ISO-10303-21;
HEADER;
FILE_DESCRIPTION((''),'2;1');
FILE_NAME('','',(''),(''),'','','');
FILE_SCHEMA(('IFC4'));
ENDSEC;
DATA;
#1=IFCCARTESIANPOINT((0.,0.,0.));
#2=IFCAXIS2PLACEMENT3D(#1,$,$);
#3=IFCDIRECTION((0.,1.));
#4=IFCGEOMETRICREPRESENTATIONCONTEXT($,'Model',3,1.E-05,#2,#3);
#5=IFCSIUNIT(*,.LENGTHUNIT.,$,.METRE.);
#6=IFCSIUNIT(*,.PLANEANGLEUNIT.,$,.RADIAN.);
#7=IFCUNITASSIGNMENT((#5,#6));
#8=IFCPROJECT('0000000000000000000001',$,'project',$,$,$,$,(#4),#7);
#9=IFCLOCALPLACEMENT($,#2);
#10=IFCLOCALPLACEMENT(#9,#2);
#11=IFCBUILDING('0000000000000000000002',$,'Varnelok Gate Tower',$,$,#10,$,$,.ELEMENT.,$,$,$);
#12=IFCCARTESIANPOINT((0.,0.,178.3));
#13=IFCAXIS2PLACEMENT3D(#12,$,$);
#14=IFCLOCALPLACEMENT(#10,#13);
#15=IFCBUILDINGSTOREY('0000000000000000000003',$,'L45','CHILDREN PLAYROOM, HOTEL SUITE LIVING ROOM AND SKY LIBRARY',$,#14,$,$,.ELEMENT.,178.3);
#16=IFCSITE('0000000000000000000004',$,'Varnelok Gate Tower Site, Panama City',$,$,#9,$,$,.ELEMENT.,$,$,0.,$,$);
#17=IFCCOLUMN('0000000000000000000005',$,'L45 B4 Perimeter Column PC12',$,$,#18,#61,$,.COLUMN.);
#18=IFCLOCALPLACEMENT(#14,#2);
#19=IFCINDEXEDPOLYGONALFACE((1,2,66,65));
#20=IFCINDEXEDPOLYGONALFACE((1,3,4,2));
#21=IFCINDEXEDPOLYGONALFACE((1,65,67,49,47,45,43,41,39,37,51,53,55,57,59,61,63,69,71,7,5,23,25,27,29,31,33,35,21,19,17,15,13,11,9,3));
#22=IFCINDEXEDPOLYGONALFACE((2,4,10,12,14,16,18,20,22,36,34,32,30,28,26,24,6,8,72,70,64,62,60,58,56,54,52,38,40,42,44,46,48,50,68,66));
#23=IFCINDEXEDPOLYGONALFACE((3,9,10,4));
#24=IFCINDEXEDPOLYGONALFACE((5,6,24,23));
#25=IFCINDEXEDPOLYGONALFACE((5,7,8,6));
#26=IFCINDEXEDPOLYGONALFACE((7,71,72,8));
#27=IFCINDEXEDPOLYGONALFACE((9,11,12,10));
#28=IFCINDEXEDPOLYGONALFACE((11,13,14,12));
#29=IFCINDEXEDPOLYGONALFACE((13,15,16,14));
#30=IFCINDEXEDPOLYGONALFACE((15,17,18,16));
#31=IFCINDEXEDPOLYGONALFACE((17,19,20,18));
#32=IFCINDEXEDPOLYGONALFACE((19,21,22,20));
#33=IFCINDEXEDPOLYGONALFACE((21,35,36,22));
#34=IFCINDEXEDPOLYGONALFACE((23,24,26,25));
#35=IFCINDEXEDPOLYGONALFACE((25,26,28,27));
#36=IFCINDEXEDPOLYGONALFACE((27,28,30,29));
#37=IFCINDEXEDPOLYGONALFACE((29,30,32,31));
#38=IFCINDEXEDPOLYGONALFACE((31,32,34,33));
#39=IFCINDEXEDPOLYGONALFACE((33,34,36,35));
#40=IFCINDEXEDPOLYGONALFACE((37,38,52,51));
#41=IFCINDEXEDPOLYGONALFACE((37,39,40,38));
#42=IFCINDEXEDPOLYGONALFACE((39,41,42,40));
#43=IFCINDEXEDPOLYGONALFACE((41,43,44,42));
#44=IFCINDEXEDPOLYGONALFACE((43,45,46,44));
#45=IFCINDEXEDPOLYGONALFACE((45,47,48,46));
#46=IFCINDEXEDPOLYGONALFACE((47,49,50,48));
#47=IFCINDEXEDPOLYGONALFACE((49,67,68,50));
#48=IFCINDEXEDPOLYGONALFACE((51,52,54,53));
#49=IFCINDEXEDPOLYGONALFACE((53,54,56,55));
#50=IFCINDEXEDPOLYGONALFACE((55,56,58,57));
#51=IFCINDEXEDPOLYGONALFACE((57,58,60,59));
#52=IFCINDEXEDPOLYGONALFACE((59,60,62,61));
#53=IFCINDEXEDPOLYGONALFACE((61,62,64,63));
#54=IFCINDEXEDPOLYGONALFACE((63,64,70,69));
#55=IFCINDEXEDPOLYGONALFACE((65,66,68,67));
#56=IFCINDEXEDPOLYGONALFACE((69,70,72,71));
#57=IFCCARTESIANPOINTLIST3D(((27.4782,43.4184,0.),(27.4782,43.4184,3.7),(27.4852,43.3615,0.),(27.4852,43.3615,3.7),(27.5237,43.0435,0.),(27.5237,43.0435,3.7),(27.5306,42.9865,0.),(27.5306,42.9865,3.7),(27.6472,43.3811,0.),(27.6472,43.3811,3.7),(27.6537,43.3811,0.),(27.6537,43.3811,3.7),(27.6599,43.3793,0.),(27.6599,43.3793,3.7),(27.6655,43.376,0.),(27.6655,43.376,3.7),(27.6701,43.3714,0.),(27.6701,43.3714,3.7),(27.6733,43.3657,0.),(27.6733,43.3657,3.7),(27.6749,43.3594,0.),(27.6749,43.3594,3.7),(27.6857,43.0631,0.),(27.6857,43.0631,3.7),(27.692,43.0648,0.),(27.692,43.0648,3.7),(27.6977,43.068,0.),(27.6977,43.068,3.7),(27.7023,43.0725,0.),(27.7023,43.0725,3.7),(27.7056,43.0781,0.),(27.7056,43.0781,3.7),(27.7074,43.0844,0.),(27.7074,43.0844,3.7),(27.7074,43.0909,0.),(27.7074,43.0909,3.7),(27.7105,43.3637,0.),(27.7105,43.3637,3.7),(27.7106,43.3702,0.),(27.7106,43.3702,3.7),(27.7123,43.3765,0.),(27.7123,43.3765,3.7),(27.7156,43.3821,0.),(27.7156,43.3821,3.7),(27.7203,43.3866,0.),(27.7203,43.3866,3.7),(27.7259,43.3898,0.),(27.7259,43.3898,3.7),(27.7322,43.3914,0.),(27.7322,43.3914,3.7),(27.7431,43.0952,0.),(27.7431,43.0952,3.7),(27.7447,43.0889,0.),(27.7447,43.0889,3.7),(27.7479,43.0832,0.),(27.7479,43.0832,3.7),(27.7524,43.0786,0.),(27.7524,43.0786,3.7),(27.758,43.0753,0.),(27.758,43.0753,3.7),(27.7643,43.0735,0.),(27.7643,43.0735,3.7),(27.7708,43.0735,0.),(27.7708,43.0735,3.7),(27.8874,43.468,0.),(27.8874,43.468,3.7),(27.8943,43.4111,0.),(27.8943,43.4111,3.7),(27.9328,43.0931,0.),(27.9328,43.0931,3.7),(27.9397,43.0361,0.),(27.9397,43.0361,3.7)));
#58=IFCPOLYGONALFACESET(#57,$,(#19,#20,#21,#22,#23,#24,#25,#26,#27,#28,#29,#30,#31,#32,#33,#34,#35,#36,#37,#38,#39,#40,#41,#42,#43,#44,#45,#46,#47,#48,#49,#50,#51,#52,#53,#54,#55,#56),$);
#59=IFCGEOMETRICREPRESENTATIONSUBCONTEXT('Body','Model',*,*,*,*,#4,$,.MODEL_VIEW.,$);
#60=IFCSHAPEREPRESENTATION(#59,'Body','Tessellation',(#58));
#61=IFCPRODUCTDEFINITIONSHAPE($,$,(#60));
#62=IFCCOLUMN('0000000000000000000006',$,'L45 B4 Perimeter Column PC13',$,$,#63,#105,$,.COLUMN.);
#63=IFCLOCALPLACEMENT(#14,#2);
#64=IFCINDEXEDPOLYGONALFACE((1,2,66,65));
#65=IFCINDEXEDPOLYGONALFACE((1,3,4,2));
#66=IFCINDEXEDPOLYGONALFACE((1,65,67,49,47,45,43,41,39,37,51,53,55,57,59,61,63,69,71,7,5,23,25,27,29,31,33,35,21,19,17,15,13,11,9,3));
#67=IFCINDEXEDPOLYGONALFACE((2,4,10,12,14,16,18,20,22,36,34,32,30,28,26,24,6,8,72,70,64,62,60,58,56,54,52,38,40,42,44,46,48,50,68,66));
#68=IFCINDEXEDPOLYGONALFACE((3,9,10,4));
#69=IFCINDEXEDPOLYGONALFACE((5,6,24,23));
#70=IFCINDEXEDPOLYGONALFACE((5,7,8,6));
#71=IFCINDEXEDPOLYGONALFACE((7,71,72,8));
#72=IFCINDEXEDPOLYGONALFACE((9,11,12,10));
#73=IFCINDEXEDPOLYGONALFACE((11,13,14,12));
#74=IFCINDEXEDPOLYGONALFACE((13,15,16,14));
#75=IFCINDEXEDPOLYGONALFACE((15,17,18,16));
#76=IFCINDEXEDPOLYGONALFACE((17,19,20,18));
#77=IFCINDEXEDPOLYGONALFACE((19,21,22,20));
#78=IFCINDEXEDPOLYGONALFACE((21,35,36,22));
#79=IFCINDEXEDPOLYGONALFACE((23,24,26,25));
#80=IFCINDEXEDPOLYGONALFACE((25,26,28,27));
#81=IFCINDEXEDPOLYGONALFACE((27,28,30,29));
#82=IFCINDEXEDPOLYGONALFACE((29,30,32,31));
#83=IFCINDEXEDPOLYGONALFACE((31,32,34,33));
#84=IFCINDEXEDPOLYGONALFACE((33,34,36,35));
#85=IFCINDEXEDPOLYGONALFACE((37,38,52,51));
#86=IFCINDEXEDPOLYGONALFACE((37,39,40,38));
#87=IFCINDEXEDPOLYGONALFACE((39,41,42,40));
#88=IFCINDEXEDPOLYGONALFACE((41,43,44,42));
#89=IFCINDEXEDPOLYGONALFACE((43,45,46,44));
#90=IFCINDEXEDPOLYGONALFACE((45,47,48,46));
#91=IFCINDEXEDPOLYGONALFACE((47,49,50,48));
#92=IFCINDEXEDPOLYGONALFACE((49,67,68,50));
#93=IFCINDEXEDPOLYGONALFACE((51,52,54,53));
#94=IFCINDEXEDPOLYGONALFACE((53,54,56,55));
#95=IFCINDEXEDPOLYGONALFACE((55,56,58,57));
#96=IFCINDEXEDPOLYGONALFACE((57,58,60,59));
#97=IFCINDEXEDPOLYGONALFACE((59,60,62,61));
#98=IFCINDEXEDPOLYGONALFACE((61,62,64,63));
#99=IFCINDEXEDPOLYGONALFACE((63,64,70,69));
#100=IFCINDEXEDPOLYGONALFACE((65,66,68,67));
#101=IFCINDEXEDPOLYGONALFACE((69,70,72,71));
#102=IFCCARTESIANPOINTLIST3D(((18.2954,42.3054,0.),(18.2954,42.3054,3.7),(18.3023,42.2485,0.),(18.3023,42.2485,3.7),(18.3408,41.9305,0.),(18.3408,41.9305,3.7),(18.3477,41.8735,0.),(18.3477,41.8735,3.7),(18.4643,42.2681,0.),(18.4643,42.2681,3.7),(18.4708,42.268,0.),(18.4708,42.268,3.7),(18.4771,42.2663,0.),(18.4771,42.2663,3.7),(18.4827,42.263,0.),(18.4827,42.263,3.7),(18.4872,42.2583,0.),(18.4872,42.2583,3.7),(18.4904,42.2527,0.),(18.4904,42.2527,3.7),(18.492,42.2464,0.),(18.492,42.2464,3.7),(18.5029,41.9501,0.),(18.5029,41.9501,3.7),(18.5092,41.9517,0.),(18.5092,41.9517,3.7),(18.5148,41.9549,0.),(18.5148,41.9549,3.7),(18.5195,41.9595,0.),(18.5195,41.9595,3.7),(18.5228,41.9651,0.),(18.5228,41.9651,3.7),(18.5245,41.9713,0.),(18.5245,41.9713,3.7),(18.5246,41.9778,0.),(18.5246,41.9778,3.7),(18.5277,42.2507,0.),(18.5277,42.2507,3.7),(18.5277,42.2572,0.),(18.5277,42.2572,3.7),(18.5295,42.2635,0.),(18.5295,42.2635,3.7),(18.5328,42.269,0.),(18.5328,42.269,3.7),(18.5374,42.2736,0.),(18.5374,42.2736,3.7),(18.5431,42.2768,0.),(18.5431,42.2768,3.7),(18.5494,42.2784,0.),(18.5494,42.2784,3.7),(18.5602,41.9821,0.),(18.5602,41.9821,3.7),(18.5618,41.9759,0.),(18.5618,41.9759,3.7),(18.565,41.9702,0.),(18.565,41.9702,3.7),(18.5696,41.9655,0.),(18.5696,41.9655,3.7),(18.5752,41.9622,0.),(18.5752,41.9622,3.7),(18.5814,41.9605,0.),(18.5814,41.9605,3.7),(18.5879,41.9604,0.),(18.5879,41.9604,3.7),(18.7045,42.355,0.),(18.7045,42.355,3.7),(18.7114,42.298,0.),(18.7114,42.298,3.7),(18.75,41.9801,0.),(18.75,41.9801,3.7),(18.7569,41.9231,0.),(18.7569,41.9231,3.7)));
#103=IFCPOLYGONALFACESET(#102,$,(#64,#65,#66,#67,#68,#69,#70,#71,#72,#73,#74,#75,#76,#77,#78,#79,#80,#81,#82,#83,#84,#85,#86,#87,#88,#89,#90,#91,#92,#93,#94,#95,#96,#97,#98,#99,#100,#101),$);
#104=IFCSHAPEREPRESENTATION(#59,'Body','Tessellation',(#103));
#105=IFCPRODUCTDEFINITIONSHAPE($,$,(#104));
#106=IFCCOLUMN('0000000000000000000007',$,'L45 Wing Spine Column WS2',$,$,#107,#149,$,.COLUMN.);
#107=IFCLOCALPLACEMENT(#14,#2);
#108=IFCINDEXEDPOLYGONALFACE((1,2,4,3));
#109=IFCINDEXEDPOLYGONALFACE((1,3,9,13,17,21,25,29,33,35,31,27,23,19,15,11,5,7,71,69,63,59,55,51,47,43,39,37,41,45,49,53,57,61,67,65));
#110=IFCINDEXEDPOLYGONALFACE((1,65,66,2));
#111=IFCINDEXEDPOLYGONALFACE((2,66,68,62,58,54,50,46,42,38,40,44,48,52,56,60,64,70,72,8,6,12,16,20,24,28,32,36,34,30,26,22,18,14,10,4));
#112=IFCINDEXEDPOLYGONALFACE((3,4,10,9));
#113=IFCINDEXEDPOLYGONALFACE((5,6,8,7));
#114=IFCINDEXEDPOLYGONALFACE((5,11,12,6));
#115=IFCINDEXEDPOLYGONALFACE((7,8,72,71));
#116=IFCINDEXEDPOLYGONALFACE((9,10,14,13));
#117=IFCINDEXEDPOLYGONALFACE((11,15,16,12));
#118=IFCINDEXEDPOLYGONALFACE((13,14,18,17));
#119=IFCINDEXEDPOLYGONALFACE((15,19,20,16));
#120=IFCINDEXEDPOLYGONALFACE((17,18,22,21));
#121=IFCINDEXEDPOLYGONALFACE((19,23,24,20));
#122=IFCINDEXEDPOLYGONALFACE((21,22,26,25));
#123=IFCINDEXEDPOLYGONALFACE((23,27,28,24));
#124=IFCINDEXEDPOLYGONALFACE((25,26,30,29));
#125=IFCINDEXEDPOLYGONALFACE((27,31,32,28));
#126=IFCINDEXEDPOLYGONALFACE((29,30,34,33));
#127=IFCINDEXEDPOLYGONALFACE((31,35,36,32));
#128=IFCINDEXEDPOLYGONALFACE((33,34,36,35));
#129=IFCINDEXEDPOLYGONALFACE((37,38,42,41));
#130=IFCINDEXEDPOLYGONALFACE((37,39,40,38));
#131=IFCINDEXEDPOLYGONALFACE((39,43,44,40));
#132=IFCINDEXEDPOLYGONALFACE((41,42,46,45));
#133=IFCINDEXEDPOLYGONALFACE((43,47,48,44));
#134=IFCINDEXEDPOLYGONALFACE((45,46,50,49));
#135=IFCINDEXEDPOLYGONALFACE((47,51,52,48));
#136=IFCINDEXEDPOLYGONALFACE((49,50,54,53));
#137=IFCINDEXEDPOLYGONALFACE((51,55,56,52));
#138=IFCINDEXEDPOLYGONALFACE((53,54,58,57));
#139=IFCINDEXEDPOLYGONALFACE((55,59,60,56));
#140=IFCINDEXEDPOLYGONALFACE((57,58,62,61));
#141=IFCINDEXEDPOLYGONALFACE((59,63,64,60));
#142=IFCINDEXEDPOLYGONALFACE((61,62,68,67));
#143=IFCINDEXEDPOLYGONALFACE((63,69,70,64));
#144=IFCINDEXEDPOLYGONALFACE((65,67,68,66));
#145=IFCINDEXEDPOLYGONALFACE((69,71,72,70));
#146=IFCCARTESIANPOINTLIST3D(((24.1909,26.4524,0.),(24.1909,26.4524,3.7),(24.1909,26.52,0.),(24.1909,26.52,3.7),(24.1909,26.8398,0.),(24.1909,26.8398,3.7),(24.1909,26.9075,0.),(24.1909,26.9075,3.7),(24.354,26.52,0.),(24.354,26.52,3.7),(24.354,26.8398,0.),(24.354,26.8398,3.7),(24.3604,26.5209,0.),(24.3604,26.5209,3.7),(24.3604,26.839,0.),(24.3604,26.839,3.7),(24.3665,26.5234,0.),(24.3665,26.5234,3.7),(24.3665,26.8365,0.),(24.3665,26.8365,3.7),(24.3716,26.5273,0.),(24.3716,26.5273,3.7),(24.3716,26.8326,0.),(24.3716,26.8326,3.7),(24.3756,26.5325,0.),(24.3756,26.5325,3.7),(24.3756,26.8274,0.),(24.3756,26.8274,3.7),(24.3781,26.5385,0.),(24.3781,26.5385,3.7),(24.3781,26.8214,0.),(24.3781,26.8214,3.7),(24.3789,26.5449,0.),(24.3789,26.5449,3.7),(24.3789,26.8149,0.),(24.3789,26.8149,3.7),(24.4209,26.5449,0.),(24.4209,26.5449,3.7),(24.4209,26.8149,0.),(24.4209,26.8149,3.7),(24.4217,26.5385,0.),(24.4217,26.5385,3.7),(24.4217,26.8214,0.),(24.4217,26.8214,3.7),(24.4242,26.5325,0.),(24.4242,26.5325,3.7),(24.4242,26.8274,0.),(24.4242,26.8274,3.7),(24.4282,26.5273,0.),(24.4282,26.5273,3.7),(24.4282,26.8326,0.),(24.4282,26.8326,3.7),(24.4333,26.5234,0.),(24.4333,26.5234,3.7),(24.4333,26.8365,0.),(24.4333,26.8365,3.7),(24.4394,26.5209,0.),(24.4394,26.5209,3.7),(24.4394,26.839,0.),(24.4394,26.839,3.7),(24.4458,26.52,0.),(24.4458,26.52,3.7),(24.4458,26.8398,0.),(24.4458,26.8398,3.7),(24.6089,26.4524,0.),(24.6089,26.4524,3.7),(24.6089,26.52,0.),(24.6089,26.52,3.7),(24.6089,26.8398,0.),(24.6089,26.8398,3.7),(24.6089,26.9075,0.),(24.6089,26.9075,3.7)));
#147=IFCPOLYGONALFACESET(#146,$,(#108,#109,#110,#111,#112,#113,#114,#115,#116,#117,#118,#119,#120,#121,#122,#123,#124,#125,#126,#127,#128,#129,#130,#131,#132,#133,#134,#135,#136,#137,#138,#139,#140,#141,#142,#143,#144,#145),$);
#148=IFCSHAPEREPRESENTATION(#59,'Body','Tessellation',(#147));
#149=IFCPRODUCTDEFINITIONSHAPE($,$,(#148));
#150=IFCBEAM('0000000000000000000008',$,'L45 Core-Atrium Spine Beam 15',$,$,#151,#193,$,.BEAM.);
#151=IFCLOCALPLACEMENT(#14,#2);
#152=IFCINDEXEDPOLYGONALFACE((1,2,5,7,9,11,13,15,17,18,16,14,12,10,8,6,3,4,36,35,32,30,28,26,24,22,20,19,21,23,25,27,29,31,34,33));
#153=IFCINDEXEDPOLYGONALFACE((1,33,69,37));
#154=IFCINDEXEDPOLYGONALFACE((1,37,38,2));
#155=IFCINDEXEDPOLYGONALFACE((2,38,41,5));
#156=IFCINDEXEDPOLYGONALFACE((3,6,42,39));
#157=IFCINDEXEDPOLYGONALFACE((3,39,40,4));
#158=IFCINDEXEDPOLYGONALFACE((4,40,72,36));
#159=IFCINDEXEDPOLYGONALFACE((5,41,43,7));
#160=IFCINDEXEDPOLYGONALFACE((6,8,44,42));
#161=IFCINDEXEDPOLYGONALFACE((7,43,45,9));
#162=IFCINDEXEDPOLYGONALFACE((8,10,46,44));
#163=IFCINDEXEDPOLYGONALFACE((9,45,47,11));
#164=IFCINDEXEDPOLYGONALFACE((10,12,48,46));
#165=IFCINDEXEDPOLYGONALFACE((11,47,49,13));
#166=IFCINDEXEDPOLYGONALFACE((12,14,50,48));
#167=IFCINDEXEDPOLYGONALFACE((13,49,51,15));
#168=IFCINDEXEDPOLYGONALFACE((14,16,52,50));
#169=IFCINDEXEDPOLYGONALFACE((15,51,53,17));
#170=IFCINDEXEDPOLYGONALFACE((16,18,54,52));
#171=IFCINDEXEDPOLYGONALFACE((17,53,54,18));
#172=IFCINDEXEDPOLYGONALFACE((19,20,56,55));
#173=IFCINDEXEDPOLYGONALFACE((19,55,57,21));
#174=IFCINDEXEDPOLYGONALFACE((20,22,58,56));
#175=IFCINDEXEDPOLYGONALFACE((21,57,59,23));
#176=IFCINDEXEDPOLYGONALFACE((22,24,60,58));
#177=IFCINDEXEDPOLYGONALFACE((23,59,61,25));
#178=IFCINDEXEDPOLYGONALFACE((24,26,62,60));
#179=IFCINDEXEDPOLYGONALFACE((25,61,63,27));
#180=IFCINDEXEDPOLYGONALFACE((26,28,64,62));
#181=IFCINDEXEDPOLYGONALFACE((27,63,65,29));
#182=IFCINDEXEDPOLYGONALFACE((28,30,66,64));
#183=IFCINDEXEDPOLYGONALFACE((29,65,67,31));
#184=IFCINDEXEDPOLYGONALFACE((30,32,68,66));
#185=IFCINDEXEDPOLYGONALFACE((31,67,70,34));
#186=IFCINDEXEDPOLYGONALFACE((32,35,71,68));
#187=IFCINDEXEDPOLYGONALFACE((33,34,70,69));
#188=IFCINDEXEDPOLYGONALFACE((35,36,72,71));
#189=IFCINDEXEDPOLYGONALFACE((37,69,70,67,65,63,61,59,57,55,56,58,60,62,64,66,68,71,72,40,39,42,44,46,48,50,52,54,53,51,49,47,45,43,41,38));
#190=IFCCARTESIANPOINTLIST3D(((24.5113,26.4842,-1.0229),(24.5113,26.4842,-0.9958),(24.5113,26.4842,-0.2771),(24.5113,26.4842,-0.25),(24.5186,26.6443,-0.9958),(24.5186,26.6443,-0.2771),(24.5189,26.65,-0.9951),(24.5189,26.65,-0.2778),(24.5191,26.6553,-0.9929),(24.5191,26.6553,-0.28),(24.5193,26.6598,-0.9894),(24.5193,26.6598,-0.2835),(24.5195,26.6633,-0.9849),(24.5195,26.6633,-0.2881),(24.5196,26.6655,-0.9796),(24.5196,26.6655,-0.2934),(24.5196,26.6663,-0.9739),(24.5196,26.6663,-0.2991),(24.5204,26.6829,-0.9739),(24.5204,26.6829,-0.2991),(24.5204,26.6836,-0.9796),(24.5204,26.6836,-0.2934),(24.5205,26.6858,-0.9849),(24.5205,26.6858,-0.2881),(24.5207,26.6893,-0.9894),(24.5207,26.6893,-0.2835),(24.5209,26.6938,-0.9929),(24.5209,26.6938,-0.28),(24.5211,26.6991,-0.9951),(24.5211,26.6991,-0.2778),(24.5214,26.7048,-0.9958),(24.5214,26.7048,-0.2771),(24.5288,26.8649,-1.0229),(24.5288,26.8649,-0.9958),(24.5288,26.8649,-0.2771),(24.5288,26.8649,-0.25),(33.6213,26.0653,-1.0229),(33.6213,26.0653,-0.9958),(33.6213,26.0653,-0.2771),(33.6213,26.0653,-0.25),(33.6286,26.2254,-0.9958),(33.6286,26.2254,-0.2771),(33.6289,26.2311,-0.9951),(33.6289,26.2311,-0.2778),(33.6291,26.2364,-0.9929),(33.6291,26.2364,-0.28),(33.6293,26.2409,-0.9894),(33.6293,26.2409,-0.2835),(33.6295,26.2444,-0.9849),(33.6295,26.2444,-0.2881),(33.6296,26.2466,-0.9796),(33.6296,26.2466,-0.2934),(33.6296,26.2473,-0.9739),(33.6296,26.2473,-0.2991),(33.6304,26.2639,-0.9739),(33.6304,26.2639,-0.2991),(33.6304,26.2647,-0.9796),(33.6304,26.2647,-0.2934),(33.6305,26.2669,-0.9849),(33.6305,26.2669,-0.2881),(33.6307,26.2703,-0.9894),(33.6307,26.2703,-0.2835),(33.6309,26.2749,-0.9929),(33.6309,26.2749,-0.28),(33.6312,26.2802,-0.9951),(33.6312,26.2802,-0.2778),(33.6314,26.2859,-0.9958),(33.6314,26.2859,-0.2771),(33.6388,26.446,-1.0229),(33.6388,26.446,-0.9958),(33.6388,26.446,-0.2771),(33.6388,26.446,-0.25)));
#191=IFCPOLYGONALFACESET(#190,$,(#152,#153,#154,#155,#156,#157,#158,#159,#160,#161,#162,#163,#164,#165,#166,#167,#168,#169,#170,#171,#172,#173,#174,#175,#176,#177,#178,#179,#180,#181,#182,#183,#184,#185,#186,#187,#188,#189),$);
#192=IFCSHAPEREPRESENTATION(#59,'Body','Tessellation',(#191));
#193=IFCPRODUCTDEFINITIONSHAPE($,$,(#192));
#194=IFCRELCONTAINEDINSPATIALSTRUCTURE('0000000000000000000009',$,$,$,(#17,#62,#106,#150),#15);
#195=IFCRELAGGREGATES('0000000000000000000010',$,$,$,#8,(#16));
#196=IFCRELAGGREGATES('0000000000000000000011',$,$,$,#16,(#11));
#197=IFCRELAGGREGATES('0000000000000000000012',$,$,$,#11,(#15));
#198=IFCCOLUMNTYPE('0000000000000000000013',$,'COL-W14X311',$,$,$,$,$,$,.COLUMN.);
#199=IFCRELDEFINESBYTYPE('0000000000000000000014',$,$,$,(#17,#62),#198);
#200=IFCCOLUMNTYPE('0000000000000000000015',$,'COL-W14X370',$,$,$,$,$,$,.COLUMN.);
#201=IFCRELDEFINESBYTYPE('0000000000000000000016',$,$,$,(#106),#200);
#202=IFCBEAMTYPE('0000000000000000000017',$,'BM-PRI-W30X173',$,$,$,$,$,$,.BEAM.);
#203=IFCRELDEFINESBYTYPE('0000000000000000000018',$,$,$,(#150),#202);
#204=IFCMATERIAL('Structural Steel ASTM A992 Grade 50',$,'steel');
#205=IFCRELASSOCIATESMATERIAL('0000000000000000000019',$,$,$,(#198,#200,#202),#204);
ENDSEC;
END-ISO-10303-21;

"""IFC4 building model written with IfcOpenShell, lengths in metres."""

from ifc_helpers import new_model, si_unit, direction, frame, origin, origin_2d, place, context, subcontext, project, spatial, i_section, extrude, material, material_profile, profile_set, type_object, element, save


model = new_model("IFC4")

# Units and contexts
model_context = context("Model", 3, precision=1e-05, world=origin(), true_north=direction((0.0, 1.0)))
body_context = subcontext(model_context, "Body", "Model", "MODEL_VIEW")
ifc_project = project(units=[si_unit("LENGTHUNIT", "METRE"), si_unit("PLANEANGLEUNIT", "RADIAN")], contexts=[model_context])

# Site, building, storey
site_placement = place(None, origin())
site = spatial("IfcSite", under=ifc_project, at=site_placement, Name="Varnelok Gate Tower Site, Panama City", CompositionType="ELEMENT", RefElevation=0.0)
building_placement = place(site_placement, origin())
building = spatial("IfcBuilding", under=site, at=building_placement, Name="Varnelok Gate Tower", CompositionType="ELEMENT")
storey_placement = place(building_placement, frame((0.0, 0.0, 178.3)))
storey = spatial("IfcBuildingStorey", under=building, at=storey_placement, Name="L45", Description="CHILDREN PLAYROOM, HOTEL SUITE LIVING ROOM AND SKY LIBRARY", CompositionType="ELEMENT", Elevation=178.3)

# Columns
ifc_material_1 = material(Name="Structural Steel ASTM A992 Grade 50", Category="steel")
ifc_material_profile_1 = material_profile(ifc_material_1, i_section(OverallWidth=0.4121, OverallDepth=0.4351, WebThickness=0.0359, FlangeThickness=0.0574, FilletRadius=0.0249, at=origin_2d()), Name="W14X311")
ifc_profile_set_1 = profile_set([ifc_material_profile_1], Name="Structural Steel ASTM A992 Grade 50")
column_type_1 = type_object("IfcColumnType", Name="COL-W14X311", PredefinedType="COLUMN", material=ifc_profile_set_1)
for number, where, z_axis, x_axis, name in (
    (1, (27.709, 43.2273, 0.0), (0.0, 0.0, 1.0), (0.992732, 0.120345, 0.0), "L45 B4 Perimeter Column PC12"),
    (2, (18.5261, 42.1143, 0.0), (0.0, 0.0, 1.0), (0.992732, 0.120345, 0.0), "L45 B4 Perimeter Column PC13"),
):
    element("IfcColumn", number, at=place(storey_placement, frame(where, z_axis=z_axis, x_axis=x_axis)), inside=storey, type_object=column_type_1, Name=name, PredefinedType="COLUMN", context=body_context, shape_type="SweptSolid", body=[
        extrude(i_section(OverallWidth=0.4121, OverallDepth=0.4351, WebThickness=0.0359, FlangeThickness=0.0574, FilletRadius=0.0249, at=origin_2d()), origin(), (0.0, 0.0, 1.0), 3.7),
    ])
ifc_material_profile_2 = material_profile(ifc_material_1, i_section(OverallWidth=0.418, OverallDepth=0.4551, WebThickness=0.042, FlangeThickness=0.0676, FilletRadius=0.0249, at=origin_2d()), Name="W14X370")
ifc_profile_set_2 = profile_set([ifc_material_profile_2], Name="Structural Steel ASTM A992 Grade 50")
column_type_2 = type_object("IfcColumnType", Name="COL-W14X370", PredefinedType="COLUMN", material=ifc_profile_set_2)
column_placement = place(storey_placement, frame((24.3999, 26.6799, 0.0), z_axis=(0.0, 0.0, 1.0), x_axis=(1.0, 0.0, 0.0)))
element("IfcColumn", 3, at=column_placement, inside=storey, type_object=column_type_2, Name="L45 Wing Spine Column WS2", PredefinedType="COLUMN", context=body_context, shape_type="SweptSolid", body=[
    extrude(i_section(OverallWidth=0.418, OverallDepth=0.4551, WebThickness=0.042, FlangeThickness=0.0676, FilletRadius=0.0249, at=origin_2d()), origin(), (0.0, 0.0, 1.0), 3.7),
])

# Beam
ifc_material_profile_3 = material_profile(ifc_material_1, i_section(OverallWidth=0.3811, OverallDepth=0.7729, WebThickness=0.0166, FlangeThickness=0.0271, FilletRadius=0.022, at=origin_2d()), Name="W30X173")
ifc_profile_set_3 = profile_set([ifc_material_profile_3], Name="Structural Steel ASTM A992 Grade 50")
beam_type_1 = type_object("IfcBeamType", Name="BM-PRI-W30X173", PredefinedType="BEAM", material=ifc_profile_set_3)
beam_1_placement = place(storey_placement, frame((24.52, 26.6746, -0.6365), z_axis=(0.998944, -0.045938, 0.0), x_axis=(0.045938, 0.998944, 0.0)))
element("IfcBeam", 4, at=beam_1_placement, inside=storey, type_object=beam_type_1, Name="L45 Core-Atrium Spine Beam 15", PredefinedType="BEAM", context=body_context, shape_type="SweptSolid", body=[
    extrude(i_section(OverallWidth=0.3811, OverallDepth=0.7729, WebThickness=0.0166, FlangeThickness=0.0271, FilletRadius=0.022, at=origin_2d()), origin(), (0.0, 0.0, 1.0), 9.1196),
])

save(model, "model.ifc")
